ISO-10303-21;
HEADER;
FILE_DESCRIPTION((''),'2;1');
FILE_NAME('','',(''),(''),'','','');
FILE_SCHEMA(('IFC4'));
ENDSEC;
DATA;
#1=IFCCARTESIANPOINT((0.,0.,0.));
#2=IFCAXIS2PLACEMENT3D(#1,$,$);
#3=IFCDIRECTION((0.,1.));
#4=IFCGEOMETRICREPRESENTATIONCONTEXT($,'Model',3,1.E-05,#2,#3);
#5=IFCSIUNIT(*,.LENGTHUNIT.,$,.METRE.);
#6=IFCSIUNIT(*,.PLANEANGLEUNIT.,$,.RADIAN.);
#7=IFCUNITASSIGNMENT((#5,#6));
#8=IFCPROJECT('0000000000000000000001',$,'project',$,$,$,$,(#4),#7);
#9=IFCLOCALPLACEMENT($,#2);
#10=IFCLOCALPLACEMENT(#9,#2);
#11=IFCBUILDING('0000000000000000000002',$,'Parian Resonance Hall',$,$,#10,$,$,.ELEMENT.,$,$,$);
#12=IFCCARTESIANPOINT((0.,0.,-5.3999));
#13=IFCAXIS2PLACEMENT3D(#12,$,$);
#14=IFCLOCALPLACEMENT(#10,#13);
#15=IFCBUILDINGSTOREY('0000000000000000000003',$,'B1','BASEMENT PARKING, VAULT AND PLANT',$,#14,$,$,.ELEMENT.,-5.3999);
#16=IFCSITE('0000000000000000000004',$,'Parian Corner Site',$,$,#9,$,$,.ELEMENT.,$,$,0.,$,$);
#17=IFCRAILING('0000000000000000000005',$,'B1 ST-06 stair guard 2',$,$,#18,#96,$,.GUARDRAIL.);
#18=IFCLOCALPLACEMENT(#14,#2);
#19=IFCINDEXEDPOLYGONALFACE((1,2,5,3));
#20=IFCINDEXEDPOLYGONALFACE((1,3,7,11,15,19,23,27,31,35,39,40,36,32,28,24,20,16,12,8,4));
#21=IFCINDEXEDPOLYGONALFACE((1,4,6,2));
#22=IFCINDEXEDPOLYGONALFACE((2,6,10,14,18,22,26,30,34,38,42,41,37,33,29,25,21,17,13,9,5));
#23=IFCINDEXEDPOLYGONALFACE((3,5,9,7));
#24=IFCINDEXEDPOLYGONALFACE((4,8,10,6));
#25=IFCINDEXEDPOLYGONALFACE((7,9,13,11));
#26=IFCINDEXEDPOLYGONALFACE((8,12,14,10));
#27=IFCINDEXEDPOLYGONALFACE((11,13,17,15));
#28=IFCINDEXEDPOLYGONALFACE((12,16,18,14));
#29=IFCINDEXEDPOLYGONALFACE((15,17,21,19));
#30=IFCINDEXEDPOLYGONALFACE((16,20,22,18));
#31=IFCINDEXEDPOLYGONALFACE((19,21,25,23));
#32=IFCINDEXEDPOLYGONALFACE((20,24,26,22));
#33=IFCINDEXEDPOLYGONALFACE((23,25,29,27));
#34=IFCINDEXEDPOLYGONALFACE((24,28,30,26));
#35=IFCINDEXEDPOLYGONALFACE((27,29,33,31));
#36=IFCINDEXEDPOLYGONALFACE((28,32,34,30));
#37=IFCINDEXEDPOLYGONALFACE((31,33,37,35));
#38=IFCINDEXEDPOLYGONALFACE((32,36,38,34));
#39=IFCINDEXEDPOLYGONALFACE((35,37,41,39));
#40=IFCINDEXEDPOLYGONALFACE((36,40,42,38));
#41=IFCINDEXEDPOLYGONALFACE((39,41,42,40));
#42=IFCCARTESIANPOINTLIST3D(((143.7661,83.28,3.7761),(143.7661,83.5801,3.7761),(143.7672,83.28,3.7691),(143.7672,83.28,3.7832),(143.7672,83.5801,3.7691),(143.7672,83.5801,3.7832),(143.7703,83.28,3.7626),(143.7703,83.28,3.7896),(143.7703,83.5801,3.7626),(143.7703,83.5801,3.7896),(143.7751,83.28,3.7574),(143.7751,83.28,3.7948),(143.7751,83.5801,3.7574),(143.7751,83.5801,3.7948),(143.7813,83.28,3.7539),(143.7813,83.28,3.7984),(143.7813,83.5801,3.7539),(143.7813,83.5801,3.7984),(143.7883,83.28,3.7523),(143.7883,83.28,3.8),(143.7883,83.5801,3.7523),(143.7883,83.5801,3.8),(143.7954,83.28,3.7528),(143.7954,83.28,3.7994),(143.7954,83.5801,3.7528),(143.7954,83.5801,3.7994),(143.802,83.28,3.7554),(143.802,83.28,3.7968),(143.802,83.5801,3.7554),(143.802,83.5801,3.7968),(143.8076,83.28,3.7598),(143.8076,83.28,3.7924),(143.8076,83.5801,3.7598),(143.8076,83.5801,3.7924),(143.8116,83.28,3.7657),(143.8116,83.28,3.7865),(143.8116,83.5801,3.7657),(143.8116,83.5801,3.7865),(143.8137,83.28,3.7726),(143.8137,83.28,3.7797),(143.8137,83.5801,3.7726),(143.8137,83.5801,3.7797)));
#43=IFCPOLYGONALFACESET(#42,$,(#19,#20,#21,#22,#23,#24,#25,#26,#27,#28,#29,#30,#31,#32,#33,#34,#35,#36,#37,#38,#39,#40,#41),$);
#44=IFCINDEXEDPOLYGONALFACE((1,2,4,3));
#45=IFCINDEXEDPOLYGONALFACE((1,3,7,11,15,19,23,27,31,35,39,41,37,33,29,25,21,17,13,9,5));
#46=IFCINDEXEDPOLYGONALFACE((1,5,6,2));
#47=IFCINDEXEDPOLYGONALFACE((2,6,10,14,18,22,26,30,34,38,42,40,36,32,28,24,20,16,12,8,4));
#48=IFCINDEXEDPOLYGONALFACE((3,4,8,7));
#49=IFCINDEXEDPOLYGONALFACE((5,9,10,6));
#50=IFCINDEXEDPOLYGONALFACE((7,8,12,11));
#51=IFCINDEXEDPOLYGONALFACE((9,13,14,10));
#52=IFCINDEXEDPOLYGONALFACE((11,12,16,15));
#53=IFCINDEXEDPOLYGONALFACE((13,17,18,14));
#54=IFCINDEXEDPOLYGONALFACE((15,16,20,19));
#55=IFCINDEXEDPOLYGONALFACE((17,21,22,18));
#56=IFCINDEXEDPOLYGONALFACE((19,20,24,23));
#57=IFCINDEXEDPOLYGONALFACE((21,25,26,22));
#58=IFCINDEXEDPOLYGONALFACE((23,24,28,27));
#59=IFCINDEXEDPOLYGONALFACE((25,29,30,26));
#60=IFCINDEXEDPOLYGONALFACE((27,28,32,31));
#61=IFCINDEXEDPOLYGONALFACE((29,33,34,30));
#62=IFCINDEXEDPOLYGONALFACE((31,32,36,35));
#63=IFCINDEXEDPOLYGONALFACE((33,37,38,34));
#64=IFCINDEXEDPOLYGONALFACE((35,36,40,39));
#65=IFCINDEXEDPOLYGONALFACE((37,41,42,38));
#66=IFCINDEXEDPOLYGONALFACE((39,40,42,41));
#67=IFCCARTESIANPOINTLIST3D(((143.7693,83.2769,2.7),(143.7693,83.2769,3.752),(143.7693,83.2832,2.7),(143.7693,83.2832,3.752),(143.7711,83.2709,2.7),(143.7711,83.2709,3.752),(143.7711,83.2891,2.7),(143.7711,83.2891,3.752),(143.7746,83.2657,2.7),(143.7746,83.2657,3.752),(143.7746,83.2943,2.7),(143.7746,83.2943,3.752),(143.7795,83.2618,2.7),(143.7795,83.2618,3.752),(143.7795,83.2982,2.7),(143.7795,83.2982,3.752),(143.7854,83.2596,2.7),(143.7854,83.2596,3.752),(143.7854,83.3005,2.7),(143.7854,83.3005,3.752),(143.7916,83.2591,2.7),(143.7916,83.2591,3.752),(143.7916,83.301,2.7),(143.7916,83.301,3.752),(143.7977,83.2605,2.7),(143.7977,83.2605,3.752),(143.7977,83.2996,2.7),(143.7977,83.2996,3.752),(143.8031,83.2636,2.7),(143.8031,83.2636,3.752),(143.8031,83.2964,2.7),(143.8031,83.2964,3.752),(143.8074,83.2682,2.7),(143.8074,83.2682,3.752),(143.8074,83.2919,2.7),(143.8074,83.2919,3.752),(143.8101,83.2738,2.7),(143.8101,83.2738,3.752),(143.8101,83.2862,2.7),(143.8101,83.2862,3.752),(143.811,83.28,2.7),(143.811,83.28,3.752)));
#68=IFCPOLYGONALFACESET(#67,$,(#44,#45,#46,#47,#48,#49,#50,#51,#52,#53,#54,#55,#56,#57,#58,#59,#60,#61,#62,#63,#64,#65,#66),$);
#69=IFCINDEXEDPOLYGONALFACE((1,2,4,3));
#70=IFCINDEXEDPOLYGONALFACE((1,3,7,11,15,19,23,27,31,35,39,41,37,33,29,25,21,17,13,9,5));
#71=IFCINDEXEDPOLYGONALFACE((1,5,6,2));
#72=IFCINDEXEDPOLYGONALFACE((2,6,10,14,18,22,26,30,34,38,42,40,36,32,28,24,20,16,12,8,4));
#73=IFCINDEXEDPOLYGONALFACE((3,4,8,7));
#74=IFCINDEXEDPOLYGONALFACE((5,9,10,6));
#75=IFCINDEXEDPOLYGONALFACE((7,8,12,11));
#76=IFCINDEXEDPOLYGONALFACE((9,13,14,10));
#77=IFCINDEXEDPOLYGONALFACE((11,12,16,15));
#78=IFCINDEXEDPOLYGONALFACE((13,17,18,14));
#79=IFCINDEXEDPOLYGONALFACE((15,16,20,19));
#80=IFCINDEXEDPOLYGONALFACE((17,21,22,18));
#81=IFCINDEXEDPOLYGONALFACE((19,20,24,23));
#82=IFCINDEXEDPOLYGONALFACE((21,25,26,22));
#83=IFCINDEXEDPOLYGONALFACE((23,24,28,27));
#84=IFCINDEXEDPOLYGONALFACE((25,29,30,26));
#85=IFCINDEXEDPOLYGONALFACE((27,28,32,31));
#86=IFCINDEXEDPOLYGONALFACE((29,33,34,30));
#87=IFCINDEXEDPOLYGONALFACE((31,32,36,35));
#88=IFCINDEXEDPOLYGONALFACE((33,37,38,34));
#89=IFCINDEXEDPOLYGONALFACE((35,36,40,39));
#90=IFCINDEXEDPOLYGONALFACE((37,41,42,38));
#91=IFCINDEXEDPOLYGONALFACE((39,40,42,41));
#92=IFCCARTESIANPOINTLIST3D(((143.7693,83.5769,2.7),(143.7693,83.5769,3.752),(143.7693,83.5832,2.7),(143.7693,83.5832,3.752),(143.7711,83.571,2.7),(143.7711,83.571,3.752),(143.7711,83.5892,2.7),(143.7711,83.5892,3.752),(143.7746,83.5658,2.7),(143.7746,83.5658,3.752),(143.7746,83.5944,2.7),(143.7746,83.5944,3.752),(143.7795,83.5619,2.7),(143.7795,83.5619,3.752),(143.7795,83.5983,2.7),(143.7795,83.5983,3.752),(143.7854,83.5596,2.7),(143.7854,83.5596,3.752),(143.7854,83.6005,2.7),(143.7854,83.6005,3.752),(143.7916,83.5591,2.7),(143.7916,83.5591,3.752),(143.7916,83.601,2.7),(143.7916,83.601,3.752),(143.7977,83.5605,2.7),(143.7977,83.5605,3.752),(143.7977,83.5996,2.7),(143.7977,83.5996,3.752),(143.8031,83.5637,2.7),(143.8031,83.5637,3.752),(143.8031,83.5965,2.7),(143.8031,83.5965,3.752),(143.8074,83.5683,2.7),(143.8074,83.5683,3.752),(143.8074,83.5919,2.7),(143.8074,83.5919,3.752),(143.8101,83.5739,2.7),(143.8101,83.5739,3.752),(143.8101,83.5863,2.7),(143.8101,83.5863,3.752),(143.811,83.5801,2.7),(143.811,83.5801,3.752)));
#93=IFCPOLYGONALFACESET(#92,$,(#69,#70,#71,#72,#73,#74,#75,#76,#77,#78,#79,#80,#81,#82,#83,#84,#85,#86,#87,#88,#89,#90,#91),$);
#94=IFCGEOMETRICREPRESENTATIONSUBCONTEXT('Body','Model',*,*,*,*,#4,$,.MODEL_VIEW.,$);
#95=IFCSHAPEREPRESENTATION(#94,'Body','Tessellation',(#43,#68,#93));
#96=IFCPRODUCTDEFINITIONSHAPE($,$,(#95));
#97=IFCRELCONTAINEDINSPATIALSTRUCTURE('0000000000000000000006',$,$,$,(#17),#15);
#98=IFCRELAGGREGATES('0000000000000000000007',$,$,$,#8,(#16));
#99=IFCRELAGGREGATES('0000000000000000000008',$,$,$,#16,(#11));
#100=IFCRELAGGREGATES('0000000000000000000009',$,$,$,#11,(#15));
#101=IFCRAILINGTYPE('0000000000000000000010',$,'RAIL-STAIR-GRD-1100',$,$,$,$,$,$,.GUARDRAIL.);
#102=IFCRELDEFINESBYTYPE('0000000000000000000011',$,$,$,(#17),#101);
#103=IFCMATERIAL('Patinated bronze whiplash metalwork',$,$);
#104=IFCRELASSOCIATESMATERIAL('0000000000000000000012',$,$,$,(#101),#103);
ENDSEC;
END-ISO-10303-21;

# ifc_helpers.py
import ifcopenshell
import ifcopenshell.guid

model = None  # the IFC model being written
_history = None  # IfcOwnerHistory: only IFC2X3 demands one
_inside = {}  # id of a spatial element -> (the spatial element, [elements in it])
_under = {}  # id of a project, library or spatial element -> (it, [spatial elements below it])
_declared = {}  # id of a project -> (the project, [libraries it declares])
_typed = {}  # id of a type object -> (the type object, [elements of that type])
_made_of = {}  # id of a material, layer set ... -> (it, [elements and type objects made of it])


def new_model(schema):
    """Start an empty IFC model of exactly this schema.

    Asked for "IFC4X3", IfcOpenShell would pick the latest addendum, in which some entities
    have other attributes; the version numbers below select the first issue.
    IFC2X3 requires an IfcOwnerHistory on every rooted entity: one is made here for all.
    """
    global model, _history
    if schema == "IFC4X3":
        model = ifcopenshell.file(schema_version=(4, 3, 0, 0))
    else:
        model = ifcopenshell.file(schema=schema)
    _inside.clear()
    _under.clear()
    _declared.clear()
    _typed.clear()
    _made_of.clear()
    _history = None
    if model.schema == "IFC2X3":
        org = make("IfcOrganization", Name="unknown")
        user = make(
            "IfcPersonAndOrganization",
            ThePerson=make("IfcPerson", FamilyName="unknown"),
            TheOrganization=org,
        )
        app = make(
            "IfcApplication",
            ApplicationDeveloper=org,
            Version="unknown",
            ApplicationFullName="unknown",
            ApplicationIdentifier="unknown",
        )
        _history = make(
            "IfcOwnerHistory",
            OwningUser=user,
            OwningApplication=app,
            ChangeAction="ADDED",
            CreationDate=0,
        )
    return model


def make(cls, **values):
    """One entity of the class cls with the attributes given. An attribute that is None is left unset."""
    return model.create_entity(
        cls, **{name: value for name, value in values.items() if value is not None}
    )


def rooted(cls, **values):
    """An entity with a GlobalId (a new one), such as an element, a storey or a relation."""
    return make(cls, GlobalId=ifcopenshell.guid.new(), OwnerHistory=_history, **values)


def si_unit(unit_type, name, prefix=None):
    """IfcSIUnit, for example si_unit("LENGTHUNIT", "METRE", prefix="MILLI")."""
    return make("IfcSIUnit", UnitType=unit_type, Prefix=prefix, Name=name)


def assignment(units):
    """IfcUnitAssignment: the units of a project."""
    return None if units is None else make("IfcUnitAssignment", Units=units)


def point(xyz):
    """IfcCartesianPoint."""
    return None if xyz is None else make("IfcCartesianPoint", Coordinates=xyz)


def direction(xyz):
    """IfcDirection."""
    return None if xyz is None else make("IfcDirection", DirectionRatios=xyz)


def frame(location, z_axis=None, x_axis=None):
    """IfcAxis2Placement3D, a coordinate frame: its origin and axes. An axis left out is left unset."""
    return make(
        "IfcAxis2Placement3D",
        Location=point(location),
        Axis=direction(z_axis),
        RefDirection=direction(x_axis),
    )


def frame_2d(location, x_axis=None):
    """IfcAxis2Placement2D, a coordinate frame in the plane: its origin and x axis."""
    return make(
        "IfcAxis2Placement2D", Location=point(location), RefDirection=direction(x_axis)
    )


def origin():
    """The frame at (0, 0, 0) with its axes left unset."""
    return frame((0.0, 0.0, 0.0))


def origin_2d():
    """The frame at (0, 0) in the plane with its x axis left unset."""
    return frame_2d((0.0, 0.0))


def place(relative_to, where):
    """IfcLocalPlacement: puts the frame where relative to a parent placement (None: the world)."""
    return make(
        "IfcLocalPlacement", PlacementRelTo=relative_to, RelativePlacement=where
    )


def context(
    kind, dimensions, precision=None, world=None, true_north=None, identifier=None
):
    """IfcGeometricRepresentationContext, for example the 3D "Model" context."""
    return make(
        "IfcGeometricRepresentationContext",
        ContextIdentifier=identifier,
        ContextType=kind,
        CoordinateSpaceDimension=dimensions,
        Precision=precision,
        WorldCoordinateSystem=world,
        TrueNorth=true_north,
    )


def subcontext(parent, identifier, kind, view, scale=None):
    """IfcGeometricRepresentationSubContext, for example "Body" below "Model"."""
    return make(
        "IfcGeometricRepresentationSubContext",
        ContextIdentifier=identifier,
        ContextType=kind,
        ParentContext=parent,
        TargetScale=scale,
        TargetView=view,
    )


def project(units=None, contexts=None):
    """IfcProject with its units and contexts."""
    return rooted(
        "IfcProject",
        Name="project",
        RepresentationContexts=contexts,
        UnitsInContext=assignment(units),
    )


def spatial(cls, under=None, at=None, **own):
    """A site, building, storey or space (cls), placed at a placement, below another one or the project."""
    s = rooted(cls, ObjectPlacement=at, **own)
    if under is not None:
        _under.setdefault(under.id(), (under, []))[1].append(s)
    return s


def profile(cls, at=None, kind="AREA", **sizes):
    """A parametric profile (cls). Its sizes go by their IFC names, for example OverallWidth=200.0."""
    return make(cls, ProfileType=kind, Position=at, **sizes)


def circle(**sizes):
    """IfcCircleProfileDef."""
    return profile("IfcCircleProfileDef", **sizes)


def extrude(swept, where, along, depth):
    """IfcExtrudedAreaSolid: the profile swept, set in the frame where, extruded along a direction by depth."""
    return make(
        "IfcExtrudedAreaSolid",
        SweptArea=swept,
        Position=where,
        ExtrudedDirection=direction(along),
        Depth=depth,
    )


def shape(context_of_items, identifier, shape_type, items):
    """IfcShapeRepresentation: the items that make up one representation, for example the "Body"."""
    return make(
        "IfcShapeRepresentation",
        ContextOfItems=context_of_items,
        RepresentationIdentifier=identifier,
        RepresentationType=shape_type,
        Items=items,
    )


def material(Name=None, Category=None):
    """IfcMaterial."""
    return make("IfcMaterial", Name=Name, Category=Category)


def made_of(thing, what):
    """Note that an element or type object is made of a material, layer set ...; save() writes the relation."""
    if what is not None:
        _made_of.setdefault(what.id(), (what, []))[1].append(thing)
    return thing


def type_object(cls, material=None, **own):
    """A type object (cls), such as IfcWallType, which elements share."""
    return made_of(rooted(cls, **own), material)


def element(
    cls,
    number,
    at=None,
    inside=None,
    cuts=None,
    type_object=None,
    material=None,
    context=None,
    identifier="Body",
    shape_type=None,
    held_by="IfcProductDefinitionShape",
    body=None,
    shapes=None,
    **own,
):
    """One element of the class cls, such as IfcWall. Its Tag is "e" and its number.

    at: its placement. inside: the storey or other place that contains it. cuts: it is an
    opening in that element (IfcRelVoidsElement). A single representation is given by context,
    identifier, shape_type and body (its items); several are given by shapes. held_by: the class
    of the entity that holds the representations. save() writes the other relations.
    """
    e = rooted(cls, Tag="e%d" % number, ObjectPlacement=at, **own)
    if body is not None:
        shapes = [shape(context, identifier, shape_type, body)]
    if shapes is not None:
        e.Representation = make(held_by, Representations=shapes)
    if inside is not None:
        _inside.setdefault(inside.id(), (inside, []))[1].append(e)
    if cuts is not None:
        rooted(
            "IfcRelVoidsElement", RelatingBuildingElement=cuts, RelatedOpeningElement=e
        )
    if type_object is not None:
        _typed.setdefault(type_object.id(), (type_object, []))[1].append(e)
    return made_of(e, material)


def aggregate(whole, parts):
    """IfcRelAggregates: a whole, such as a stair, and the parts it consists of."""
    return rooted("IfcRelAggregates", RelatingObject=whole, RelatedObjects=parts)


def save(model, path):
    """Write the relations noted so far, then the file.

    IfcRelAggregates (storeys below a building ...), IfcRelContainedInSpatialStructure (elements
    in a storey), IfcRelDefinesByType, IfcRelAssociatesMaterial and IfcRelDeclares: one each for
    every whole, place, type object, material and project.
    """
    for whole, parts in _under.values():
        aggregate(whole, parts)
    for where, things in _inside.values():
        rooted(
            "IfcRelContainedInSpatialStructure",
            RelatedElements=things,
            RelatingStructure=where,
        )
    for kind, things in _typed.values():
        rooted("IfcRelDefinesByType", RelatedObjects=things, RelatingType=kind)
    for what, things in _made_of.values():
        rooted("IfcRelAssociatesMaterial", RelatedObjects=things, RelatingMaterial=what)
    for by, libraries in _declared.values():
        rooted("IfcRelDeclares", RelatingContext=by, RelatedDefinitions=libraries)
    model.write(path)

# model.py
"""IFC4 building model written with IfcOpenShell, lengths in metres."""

from ifc_helpers import new_model, si_unit, direction, frame, origin, origin_2d, place, context, subcontext, project, spatial, circle, extrude, material, type_object, element, save


model = new_model("IFC4")

# Units and contexts
model_context = context("Model", 3, precision=1e-05, world=origin(), true_north=direction((0.0, 1.0)))
body_context = subcontext(model_context, "Body", "Model", "MODEL_VIEW")
ifc_project = project(units=[si_unit("LENGTHUNIT", "METRE"), si_unit("PLANEANGLEUNIT", "RADIAN")], contexts=[model_context])

# Site, building, storey
site_placement = place(None, origin())
site = spatial("IfcSite", under=ifc_project, at=site_placement, Name="Parian Corner Site", CompositionType="ELEMENT", RefElevation=0.0)
building_placement = place(site_placement, origin())
building = spatial("IfcBuilding", under=site, at=building_placement, Name="Parian Resonance Hall", CompositionType="ELEMENT")
storey_placement = place(building_placement, frame((0.0, 0.0, -5.3999)))
storey = spatial("IfcBuildingStorey", under=building, at=storey_placement, Name="B1", Description="BASEMENT PARKING, VAULT AND PLANT", CompositionType="ELEMENT", Elevation=-5.3999)

# Railing
ifc_material_1 = material(Name="Patinated bronze whiplash metalwork")
railing_type_1 = type_object("IfcRailingType", Name="RAIL-STAIR-GRD-1100", PredefinedType="GUARDRAIL", material=ifc_material_1)
railing_1_placement = place(storey_placement, frame((143.79, 83.28, 2.7)))
element("IfcRailing", 1, at=railing_1_placement, inside=storey, type_object=railing_type_1, Name="B1 ST-06 stair guard 2", PredefinedType="GUARDRAIL", context=body_context, shape_type="SweptSolid", body=[
    extrude(circle(Radius=0.0239, at=origin_2d()), frame((0.0, 0.0, 1.0762), z_axis=(0.0, 1.0, 0.0), x_axis=(-1.0, 0.0, 0.0)), (0.0, 0.0, 1.0), 0.3),
    extrude(circle(Radius=0.021, at=origin_2d()), origin(), (0.0, 0.0, 1.0), 1.052),
    extrude(circle(Radius=0.021, at=origin_2d()), frame((0.0, 0.3, 0.0)), (0.0, 0.0, 1.0), 1.052),
])

save(model, "model.ifc")
